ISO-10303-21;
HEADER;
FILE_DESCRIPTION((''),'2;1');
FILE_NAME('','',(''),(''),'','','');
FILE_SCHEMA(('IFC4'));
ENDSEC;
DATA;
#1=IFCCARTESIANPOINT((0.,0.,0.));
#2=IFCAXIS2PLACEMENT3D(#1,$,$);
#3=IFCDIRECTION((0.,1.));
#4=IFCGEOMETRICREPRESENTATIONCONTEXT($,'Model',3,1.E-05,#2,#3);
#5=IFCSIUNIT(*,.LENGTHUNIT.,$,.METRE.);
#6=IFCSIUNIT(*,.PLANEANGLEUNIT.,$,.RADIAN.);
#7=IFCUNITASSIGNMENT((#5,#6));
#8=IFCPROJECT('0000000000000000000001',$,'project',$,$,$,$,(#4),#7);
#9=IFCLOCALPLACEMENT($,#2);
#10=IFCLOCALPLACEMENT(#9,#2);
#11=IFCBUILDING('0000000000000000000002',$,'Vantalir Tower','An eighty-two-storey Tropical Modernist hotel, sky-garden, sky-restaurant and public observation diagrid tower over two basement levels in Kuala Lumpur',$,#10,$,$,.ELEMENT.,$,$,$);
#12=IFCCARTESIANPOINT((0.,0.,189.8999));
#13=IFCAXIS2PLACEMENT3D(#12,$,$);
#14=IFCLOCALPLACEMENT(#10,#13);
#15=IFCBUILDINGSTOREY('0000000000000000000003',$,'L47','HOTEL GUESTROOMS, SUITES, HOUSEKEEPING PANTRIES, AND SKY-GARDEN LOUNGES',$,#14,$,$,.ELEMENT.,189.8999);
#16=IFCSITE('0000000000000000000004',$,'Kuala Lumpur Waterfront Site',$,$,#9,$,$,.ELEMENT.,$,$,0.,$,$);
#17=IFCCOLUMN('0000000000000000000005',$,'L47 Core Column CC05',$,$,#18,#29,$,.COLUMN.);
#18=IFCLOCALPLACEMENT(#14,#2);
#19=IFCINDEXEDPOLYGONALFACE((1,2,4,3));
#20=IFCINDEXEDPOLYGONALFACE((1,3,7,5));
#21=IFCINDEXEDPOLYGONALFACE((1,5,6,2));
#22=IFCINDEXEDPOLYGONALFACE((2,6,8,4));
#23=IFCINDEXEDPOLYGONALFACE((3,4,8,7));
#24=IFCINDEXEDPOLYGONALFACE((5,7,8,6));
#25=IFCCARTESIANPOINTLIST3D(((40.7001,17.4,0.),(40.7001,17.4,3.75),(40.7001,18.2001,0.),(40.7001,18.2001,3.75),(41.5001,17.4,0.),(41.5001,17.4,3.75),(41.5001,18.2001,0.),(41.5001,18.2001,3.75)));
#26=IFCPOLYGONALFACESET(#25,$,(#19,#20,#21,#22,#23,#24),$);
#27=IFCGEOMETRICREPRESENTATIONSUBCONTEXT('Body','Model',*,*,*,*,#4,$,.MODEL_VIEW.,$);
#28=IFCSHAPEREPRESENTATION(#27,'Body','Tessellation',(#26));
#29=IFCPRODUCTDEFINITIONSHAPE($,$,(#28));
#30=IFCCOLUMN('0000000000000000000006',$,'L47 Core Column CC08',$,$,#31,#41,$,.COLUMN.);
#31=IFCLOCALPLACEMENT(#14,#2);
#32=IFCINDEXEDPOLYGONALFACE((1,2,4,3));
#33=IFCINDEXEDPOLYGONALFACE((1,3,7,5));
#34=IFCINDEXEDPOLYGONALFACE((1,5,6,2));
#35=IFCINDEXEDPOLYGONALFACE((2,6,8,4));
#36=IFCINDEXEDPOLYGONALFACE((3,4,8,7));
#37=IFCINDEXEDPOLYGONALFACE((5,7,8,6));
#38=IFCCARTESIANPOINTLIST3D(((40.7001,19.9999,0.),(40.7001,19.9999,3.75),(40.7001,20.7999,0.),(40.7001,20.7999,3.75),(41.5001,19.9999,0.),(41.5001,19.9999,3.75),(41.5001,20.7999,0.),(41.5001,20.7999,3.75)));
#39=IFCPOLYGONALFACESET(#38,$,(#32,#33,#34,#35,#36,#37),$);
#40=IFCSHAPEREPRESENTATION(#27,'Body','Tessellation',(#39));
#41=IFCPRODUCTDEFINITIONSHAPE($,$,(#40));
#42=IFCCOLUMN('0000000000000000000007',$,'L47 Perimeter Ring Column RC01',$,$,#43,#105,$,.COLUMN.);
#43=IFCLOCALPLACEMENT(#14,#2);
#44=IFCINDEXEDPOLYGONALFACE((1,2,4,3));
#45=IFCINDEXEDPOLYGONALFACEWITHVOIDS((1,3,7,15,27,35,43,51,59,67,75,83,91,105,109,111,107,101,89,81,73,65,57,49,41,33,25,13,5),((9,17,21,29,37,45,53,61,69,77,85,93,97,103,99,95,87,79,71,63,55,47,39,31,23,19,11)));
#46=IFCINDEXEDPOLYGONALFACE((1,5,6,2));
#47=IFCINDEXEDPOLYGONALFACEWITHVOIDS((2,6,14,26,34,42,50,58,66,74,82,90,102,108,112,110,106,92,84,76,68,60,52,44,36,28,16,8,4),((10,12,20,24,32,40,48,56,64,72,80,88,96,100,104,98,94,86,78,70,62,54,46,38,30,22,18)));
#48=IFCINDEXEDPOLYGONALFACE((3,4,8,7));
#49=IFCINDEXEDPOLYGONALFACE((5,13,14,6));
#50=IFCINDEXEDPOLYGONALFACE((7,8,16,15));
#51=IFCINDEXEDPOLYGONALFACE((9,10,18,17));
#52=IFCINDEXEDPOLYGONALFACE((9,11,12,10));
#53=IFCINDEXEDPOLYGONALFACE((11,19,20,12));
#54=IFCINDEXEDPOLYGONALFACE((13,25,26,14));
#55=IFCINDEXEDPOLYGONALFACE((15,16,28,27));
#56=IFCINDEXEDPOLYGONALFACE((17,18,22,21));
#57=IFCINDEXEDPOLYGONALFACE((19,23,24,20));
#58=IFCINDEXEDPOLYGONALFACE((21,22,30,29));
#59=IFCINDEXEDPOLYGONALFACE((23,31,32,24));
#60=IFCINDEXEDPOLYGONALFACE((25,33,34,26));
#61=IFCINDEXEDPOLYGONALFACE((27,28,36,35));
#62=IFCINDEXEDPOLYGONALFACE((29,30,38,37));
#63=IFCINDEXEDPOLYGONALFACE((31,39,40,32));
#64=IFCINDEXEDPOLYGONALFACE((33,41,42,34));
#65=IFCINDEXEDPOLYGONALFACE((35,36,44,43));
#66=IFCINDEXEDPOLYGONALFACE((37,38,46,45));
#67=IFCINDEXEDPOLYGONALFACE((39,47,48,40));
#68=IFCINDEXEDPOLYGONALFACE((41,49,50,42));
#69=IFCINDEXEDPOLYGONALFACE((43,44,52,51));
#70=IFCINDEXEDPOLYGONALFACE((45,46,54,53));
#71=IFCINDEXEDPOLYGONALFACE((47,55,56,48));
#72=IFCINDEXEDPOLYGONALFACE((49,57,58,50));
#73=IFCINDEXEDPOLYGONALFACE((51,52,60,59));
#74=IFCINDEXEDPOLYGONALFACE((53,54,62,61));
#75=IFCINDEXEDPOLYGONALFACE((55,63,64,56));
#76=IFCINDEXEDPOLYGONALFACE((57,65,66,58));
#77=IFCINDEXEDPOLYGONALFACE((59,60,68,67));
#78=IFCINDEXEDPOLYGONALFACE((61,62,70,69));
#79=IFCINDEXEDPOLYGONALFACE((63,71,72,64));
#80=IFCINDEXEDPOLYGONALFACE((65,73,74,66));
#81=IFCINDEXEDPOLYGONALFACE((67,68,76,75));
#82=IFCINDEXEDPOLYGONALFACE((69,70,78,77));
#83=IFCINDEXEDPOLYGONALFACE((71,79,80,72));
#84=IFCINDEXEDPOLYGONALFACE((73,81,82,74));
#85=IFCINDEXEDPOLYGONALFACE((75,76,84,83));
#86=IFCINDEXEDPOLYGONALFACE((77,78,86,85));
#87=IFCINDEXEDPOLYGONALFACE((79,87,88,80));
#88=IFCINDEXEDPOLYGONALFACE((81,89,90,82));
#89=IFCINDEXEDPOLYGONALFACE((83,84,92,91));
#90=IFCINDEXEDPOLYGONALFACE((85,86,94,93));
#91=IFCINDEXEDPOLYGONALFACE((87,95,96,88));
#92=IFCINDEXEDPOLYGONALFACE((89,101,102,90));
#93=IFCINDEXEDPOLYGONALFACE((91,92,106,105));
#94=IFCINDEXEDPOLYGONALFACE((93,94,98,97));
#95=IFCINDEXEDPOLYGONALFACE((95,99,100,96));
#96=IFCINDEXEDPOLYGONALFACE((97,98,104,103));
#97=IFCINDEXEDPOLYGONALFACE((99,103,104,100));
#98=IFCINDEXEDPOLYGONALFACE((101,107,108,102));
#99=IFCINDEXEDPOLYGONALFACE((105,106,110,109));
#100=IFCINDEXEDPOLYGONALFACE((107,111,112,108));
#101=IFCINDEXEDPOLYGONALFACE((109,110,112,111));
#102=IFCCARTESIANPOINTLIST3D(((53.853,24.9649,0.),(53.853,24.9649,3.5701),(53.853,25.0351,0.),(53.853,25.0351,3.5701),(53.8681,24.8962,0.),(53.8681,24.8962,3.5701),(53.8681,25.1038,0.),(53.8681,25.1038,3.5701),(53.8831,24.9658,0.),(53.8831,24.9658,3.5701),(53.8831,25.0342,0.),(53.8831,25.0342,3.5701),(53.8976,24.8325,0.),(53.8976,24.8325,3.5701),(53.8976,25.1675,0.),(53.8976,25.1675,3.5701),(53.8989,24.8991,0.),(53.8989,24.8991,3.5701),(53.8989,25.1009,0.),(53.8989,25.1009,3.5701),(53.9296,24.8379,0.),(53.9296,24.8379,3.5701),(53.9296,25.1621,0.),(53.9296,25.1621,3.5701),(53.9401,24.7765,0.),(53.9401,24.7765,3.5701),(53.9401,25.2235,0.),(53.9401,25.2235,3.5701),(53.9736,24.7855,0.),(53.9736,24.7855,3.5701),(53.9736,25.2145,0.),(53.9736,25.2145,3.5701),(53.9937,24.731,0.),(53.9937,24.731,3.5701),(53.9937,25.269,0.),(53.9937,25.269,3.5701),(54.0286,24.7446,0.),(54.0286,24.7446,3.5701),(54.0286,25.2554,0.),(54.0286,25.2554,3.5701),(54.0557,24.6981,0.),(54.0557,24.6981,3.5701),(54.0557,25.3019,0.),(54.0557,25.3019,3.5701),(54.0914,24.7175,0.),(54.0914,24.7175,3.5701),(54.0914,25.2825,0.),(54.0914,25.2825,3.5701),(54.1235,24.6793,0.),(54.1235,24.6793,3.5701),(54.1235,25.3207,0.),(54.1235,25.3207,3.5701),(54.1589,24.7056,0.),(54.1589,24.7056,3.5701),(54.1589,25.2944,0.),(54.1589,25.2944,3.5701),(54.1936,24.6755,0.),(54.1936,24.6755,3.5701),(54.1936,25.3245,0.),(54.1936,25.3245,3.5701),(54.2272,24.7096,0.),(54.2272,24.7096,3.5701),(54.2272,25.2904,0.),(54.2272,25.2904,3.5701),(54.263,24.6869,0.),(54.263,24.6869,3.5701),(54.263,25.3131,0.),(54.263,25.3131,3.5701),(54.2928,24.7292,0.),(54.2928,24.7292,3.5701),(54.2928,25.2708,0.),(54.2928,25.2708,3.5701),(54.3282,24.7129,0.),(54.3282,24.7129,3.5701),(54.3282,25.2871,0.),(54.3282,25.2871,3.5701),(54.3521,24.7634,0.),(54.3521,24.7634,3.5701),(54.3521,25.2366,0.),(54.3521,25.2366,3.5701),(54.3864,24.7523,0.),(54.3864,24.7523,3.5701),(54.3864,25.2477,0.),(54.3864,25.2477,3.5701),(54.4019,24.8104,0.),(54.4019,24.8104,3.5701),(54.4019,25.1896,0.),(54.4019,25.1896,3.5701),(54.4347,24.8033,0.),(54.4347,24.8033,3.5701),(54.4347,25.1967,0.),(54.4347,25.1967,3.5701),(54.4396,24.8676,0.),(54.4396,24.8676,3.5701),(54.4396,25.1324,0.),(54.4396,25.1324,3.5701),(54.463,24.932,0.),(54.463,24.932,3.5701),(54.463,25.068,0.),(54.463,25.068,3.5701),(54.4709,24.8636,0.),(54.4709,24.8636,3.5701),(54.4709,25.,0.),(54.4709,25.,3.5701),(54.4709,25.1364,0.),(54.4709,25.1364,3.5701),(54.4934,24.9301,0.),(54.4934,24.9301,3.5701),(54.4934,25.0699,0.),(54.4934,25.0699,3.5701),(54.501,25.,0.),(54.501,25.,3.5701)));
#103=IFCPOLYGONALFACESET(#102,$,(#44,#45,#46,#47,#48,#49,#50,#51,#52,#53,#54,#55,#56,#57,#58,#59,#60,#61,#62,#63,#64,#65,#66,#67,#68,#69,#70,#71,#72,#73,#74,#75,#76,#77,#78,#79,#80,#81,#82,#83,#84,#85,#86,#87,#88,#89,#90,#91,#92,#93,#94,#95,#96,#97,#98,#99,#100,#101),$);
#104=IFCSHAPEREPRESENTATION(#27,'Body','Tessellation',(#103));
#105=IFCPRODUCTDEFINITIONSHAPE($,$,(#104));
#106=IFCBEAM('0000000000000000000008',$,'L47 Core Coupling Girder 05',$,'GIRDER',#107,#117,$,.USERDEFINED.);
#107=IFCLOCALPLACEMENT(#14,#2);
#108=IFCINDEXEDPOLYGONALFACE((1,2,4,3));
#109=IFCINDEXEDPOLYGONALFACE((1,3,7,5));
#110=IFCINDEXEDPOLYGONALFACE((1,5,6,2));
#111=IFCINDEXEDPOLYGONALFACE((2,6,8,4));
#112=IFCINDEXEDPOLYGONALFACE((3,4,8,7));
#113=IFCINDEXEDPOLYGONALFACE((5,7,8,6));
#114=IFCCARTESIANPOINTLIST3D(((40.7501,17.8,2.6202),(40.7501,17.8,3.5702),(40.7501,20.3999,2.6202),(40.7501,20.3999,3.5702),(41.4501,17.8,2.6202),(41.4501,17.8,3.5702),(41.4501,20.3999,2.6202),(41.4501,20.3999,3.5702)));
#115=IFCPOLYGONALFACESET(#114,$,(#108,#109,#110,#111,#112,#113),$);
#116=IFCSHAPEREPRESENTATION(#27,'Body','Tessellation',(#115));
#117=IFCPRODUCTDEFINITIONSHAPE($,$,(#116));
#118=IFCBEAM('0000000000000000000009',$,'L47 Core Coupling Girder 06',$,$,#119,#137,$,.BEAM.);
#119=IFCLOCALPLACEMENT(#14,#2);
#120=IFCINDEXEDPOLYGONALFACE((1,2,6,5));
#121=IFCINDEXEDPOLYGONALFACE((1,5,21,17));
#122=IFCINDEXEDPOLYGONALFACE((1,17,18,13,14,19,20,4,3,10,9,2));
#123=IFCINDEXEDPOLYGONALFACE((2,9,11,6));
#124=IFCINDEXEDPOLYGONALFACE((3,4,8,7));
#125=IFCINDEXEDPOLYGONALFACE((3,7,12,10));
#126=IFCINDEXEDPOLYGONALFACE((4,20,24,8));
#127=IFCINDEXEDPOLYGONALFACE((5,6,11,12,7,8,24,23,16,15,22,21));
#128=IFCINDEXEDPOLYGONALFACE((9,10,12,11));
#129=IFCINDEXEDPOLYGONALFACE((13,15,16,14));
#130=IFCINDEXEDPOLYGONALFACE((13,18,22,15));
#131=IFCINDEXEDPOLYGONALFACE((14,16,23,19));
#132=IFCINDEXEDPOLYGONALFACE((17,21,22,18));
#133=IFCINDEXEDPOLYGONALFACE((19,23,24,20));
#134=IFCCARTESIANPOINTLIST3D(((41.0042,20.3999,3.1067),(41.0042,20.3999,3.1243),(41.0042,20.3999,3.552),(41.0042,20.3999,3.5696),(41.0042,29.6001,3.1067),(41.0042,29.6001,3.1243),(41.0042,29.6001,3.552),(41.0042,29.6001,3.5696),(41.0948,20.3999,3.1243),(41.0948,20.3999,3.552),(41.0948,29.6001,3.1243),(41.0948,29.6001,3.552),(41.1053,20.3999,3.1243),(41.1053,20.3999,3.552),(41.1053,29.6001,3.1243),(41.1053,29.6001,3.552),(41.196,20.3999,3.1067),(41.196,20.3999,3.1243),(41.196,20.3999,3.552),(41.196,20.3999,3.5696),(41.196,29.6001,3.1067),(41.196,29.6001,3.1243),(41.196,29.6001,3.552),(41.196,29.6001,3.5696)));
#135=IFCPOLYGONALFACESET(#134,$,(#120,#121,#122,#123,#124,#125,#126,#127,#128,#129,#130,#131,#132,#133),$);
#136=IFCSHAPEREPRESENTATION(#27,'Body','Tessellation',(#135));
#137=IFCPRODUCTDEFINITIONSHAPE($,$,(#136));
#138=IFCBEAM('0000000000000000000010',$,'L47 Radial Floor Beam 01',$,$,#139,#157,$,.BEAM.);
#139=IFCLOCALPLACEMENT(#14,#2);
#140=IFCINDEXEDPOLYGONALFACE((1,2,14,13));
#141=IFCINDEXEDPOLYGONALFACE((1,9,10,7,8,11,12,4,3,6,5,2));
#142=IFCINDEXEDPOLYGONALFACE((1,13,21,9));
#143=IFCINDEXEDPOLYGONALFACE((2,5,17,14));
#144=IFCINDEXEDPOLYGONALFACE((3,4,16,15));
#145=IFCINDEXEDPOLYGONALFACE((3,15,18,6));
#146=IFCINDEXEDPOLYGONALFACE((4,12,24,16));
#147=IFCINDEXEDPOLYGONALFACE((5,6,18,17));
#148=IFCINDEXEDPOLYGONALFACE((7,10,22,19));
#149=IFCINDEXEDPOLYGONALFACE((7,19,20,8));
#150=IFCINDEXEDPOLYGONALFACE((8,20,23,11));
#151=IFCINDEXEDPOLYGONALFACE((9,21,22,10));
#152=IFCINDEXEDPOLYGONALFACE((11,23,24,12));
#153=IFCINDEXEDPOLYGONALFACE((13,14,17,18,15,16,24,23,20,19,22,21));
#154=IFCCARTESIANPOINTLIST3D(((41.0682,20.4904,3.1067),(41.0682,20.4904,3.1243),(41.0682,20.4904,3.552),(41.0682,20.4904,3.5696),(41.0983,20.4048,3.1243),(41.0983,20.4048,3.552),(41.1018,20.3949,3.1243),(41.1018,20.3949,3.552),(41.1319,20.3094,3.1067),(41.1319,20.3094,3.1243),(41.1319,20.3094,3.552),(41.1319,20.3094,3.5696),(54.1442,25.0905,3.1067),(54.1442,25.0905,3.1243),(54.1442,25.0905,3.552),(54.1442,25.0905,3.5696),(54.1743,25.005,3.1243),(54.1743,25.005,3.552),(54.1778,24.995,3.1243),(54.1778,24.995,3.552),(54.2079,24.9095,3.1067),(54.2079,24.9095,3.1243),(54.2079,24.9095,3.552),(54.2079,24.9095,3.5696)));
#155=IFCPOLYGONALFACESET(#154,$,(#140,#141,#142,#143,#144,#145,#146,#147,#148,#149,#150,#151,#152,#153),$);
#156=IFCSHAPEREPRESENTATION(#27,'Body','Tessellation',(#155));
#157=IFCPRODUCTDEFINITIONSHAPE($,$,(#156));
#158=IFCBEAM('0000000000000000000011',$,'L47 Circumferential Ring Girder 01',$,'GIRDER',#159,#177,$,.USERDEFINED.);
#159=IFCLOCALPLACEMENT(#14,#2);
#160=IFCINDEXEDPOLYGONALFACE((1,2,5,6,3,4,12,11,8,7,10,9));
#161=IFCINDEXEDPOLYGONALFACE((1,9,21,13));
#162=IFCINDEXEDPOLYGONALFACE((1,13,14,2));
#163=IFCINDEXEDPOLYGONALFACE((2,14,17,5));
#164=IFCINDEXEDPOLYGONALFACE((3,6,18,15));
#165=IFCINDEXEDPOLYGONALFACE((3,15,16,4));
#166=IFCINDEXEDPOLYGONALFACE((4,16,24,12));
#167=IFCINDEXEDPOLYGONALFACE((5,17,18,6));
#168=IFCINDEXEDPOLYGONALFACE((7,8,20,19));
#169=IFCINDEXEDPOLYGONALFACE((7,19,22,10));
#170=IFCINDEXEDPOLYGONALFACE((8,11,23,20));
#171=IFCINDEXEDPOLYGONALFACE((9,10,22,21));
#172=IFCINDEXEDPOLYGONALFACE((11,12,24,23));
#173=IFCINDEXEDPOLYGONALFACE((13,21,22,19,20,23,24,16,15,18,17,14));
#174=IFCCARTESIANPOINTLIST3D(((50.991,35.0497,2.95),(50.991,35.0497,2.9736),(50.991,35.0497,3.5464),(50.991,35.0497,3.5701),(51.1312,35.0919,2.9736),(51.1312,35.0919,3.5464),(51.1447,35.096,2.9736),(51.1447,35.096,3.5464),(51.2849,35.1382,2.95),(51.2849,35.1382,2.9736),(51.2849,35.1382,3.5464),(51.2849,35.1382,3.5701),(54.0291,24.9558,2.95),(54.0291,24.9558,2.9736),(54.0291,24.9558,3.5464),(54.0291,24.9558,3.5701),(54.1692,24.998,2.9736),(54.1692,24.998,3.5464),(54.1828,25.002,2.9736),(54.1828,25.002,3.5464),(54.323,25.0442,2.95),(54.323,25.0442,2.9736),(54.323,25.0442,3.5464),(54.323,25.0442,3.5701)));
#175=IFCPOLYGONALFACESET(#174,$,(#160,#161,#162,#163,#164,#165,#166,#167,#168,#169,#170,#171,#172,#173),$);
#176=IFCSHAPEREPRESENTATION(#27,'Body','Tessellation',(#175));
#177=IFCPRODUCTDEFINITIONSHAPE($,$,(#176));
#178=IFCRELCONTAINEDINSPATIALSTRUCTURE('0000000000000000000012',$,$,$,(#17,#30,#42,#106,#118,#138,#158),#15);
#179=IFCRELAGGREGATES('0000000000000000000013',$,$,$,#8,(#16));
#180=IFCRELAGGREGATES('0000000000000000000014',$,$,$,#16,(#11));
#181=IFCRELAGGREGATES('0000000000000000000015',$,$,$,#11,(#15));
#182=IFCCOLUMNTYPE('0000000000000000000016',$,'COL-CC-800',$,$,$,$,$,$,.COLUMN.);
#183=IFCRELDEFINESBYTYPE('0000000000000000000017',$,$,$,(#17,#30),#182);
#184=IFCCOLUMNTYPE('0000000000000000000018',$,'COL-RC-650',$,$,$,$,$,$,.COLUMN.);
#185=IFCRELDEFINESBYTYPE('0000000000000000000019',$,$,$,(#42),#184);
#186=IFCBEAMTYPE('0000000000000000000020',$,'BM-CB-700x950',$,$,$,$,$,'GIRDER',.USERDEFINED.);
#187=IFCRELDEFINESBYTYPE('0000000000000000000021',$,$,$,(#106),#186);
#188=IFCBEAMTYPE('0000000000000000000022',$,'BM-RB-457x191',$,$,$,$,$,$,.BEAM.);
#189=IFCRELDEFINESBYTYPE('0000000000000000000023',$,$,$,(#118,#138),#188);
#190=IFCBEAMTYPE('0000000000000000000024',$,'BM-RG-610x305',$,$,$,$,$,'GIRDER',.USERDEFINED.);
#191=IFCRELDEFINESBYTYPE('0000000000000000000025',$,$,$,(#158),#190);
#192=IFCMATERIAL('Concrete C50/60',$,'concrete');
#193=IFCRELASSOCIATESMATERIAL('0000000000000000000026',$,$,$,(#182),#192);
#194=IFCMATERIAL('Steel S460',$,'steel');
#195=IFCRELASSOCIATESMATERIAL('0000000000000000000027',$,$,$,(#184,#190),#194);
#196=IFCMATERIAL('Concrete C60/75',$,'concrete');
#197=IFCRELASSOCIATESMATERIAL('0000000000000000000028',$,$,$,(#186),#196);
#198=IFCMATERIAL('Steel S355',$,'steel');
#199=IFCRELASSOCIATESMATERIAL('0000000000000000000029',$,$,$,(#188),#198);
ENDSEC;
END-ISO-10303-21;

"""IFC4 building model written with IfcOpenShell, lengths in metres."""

from ifc_helpers import new_model, si_unit, direction, frame, origin, origin_2d, place, context, subcontext, project, spatial, rectangle, hollow_circle, i_section, extrude, material, material_profile, profile_set, type_object, element, save


model = new_model("IFC4")

# Units and contexts
model_context = context("Model", 3, precision=1e-05, world=origin(), true_north=direction((0.0, 1.0)))
body_context = subcontext(model_context, "Body", "Model", "MODEL_VIEW")
ifc_project = project(units=[si_unit("LENGTHUNIT", "METRE"), si_unit("PLANEANGLEUNIT", "RADIAN")], contexts=[model_context])

# Site, building, storey
site_placement = place(None, origin())
site = spatial("IfcSite", under=ifc_project, at=site_placement, Name="Kuala Lumpur Waterfront Site", CompositionType="ELEMENT", RefElevation=0.0)
building_placement = place(site_placement, origin())
building = spatial("IfcBuilding", under=site, at=building_placement, Name="Vantalir Tower", Description="An eighty-two-storey Tropical Modernist hotel, sky-garden, sky-restaurant and public observation diagrid tower over two basement levels in Kuala Lumpur", CompositionType="ELEMENT")
storey_placement = place(building_placement, frame((0.0, 0.0, 189.8999)))
storey = spatial("IfcBuildingStorey", under=building, at=storey_placement, Name="L47", Description="HOTEL GUESTROOMS, SUITES, HOUSEKEEPING PANTRIES, AND SKY-GARDEN LOUNGES", CompositionType="ELEMENT", Elevation=189.8999)

# Columns
ifc_material_1 = material(Name="Concrete C50/60", Category="concrete")
ifc_material_profile_1 = material_profile(ifc_material_1, rectangle(XDim=0.8, YDim=0.8, at=origin_2d()), Name="Concrete C50/60")
ifc_profile_set_1 = profile_set([ifc_material_profile_1], Name="Concrete C50/60")
column_type_1 = type_object("IfcColumnType", Name="COL-CC-800", PredefinedType="COLUMN", material=ifc_profile_set_1)
for number, where, z_axis, x_axis, name in (
    (1, (41.1001, 17.8, 0.0), (0.0, 0.0, 1.0), (1.0, 0.0, 0.0), "L47 Core Column CC05"),
    (2, (41.1001, 20.3999, 0.0), (0.0, 0.0, 1.0), (1.0, 0.0, 0.0), "L47 Core Column CC08"),
):
    element("IfcColumn", number, at=place(storey_placement, frame(where, z_axis=z_axis, x_axis=x_axis)), inside=storey, type_object=column_type_1, Name=name, PredefinedType="COLUMN", context=body_context, shape_type="SweptSolid", body=[
        extrude(rectangle(XDim=0.8, YDim=0.8, at=origin_2d()), origin(), (0.0, 0.0, 1.0), 3.75),
    ])
ifc_material_2 = material(Name="Steel S460", Category="steel")
ifc_material_profile_2 = material_profile(ifc_material_2, hollow_circle(Radius=0.325, WallThickness=0.03, at=origin_2d()), Name="Steel S460")
ifc_profile_set_2 = profile_set([ifc_material_profile_2], Name="Steel S460")
column_type_2 = type_object("IfcColumnType", Name="COL-RC-650", PredefinedType="COLUMN", material=ifc_profile_set_2)
column_placement = place(storey_placement, frame((54.176, 25.0, 0.0), z_axis=(0.0, 0.0, 1.0), x_axis=(1.0, 0.0, 0.0)))
element("IfcColumn", 3, at=column_placement, inside=storey, type_object=column_type_2, Name="L47 Perimeter Ring Column RC01", PredefinedType="COLUMN", context=body_context, shape_type="SweptSolid", body=[
    extrude(hollow_circle(Radius=0.325, WallThickness=0.03, at=origin_2d()), origin(), (0.0, 0.0, 1.0), 3.5701),
])

# Beams
ifc_material_3 = material(Name="Concrete C60/75", Category="concrete")
ifc_material_profile_3 = material_profile(ifc_material_3, rectangle(XDim=0.7, YDim=0.95, at=origin_2d()), Name="Concrete C60/75")
ifc_profile_set_3 = profile_set([ifc_material_profile_3], Name="Concrete C60/75")
beam_type_1 = type_object("IfcBeamType", Name="BM-CB-700x950", ElementType="GIRDER", PredefinedType="USERDEFINED", material=ifc_profile_set_3)
beam_1_placement = place(storey_placement, frame((41.1001, 17.8, 3.0952), z_axis=(0.0, 1.0, 0.0), x_axis=(-1.0, 0.0, 0.0)))
element("IfcBeam", 4, at=beam_1_placement, inside=storey, type_object=beam_type_1, Name="L47 Core Coupling Girder 05", ObjectType="GIRDER", PredefinedType="USERDEFINED", context=body_context, shape_type="SweptSolid", body=[
    extrude(rectangle(XDim=0.7, YDim=0.95, at=origin_2d()), origin(), (0.0, 0.0, 1.0), 2.5999),
])
ifc_material_4 = material(Name="Steel S355", Category="steel")
ifc_material_profile_4 = material_profile(ifc_material_4, i_section(OverallWidth=0.1919, OverallDepth=0.4629, WebThickness=0.0105, FlangeThickness=0.0176, at=origin_2d()), Name="Steel S355")
ifc_profile_set_4 = profile_set([ifc_material_profile_4], Name="Steel S355")
beam_type_2 = type_object("IfcBeamType", Name="BM-RB-457x191", PredefinedType="BEAM", material=ifc_profile_set_4)
beam_2_placement = place(storey_placement, frame((41.1001, 20.3999, 3.3381), z_axis=(0.0, 1.0, 0.0), x_axis=(-1.0, 0.0, 0.0)))
element("IfcBeam", 5, at=beam_2_placement, inside=storey, type_object=beam_type_2, Name="L47 Core Coupling Girder 06", PredefinedType="BEAM", context=body_context, shape_type="SweptSolid", body=[
    extrude(i_section(OverallWidth=0.1919, OverallDepth=0.4629, WebThickness=0.0105, FlangeThickness=0.0176, at=origin_2d()), origin(), (0.0, 0.0, 1.0), 9.2002),
])
beam_3_placement = place(storey_placement, frame((54.176, 25.0, 3.3381), z_axis=(-0.943328, -0.331862, 0.0), x_axis=(0.331862, -0.943328, 0.0)))
element("IfcBeam", 6, at=beam_3_placement, inside=storey, type_object=beam_type_2, Name="L47 Radial Floor Beam 01", PredefinedType="BEAM", context=body_context, shape_type="SweptSolid", body=[
    extrude(i_section(OverallWidth=0.1919, OverallDepth=0.4629, WebThickness=0.0105, FlangeThickness=0.0176, at=origin_2d()), origin(), (0.0, 0.0, 1.0), 13.8616),
])
ifc_material_profile_5 = material_profile(ifc_material_2, i_section(OverallWidth=0.3069, OverallDepth=0.6201, WebThickness=0.0142, FlangeThickness=0.0237, at=origin_2d()), Name="Steel S460")
ifc_profile_set_5 = profile_set([ifc_material_profile_5], Name="Steel S460")
beam_type_3 = type_object("IfcBeamType", Name="BM-RG-610x305", ElementType="GIRDER", PredefinedType="USERDEFINED", material=ifc_profile_set_5)
beam_4_placement = place(storey_placement, frame((54.176, 25.0, 3.26), z_axis=(-0.288208, 0.957568, 0.0), x_axis=(-0.957568, -0.288208, 0.0)))
element("IfcBeam", 7, at=beam_4_placement, inside=storey, type_object=beam_type_3, Name="L47 Circumferential Ring Girder 01", ObjectType="GIRDER", PredefinedType="USERDEFINED", context=body_context, shape_type="SweptSolid", body=[
    extrude(i_section(OverallWidth=0.3069, OverallDepth=0.6201, WebThickness=0.0142, FlangeThickness=0.0237, at=origin_2d()), origin(), (0.0, 0.0, 1.0), 10.5413),
])

save(model, "model.ifc")
